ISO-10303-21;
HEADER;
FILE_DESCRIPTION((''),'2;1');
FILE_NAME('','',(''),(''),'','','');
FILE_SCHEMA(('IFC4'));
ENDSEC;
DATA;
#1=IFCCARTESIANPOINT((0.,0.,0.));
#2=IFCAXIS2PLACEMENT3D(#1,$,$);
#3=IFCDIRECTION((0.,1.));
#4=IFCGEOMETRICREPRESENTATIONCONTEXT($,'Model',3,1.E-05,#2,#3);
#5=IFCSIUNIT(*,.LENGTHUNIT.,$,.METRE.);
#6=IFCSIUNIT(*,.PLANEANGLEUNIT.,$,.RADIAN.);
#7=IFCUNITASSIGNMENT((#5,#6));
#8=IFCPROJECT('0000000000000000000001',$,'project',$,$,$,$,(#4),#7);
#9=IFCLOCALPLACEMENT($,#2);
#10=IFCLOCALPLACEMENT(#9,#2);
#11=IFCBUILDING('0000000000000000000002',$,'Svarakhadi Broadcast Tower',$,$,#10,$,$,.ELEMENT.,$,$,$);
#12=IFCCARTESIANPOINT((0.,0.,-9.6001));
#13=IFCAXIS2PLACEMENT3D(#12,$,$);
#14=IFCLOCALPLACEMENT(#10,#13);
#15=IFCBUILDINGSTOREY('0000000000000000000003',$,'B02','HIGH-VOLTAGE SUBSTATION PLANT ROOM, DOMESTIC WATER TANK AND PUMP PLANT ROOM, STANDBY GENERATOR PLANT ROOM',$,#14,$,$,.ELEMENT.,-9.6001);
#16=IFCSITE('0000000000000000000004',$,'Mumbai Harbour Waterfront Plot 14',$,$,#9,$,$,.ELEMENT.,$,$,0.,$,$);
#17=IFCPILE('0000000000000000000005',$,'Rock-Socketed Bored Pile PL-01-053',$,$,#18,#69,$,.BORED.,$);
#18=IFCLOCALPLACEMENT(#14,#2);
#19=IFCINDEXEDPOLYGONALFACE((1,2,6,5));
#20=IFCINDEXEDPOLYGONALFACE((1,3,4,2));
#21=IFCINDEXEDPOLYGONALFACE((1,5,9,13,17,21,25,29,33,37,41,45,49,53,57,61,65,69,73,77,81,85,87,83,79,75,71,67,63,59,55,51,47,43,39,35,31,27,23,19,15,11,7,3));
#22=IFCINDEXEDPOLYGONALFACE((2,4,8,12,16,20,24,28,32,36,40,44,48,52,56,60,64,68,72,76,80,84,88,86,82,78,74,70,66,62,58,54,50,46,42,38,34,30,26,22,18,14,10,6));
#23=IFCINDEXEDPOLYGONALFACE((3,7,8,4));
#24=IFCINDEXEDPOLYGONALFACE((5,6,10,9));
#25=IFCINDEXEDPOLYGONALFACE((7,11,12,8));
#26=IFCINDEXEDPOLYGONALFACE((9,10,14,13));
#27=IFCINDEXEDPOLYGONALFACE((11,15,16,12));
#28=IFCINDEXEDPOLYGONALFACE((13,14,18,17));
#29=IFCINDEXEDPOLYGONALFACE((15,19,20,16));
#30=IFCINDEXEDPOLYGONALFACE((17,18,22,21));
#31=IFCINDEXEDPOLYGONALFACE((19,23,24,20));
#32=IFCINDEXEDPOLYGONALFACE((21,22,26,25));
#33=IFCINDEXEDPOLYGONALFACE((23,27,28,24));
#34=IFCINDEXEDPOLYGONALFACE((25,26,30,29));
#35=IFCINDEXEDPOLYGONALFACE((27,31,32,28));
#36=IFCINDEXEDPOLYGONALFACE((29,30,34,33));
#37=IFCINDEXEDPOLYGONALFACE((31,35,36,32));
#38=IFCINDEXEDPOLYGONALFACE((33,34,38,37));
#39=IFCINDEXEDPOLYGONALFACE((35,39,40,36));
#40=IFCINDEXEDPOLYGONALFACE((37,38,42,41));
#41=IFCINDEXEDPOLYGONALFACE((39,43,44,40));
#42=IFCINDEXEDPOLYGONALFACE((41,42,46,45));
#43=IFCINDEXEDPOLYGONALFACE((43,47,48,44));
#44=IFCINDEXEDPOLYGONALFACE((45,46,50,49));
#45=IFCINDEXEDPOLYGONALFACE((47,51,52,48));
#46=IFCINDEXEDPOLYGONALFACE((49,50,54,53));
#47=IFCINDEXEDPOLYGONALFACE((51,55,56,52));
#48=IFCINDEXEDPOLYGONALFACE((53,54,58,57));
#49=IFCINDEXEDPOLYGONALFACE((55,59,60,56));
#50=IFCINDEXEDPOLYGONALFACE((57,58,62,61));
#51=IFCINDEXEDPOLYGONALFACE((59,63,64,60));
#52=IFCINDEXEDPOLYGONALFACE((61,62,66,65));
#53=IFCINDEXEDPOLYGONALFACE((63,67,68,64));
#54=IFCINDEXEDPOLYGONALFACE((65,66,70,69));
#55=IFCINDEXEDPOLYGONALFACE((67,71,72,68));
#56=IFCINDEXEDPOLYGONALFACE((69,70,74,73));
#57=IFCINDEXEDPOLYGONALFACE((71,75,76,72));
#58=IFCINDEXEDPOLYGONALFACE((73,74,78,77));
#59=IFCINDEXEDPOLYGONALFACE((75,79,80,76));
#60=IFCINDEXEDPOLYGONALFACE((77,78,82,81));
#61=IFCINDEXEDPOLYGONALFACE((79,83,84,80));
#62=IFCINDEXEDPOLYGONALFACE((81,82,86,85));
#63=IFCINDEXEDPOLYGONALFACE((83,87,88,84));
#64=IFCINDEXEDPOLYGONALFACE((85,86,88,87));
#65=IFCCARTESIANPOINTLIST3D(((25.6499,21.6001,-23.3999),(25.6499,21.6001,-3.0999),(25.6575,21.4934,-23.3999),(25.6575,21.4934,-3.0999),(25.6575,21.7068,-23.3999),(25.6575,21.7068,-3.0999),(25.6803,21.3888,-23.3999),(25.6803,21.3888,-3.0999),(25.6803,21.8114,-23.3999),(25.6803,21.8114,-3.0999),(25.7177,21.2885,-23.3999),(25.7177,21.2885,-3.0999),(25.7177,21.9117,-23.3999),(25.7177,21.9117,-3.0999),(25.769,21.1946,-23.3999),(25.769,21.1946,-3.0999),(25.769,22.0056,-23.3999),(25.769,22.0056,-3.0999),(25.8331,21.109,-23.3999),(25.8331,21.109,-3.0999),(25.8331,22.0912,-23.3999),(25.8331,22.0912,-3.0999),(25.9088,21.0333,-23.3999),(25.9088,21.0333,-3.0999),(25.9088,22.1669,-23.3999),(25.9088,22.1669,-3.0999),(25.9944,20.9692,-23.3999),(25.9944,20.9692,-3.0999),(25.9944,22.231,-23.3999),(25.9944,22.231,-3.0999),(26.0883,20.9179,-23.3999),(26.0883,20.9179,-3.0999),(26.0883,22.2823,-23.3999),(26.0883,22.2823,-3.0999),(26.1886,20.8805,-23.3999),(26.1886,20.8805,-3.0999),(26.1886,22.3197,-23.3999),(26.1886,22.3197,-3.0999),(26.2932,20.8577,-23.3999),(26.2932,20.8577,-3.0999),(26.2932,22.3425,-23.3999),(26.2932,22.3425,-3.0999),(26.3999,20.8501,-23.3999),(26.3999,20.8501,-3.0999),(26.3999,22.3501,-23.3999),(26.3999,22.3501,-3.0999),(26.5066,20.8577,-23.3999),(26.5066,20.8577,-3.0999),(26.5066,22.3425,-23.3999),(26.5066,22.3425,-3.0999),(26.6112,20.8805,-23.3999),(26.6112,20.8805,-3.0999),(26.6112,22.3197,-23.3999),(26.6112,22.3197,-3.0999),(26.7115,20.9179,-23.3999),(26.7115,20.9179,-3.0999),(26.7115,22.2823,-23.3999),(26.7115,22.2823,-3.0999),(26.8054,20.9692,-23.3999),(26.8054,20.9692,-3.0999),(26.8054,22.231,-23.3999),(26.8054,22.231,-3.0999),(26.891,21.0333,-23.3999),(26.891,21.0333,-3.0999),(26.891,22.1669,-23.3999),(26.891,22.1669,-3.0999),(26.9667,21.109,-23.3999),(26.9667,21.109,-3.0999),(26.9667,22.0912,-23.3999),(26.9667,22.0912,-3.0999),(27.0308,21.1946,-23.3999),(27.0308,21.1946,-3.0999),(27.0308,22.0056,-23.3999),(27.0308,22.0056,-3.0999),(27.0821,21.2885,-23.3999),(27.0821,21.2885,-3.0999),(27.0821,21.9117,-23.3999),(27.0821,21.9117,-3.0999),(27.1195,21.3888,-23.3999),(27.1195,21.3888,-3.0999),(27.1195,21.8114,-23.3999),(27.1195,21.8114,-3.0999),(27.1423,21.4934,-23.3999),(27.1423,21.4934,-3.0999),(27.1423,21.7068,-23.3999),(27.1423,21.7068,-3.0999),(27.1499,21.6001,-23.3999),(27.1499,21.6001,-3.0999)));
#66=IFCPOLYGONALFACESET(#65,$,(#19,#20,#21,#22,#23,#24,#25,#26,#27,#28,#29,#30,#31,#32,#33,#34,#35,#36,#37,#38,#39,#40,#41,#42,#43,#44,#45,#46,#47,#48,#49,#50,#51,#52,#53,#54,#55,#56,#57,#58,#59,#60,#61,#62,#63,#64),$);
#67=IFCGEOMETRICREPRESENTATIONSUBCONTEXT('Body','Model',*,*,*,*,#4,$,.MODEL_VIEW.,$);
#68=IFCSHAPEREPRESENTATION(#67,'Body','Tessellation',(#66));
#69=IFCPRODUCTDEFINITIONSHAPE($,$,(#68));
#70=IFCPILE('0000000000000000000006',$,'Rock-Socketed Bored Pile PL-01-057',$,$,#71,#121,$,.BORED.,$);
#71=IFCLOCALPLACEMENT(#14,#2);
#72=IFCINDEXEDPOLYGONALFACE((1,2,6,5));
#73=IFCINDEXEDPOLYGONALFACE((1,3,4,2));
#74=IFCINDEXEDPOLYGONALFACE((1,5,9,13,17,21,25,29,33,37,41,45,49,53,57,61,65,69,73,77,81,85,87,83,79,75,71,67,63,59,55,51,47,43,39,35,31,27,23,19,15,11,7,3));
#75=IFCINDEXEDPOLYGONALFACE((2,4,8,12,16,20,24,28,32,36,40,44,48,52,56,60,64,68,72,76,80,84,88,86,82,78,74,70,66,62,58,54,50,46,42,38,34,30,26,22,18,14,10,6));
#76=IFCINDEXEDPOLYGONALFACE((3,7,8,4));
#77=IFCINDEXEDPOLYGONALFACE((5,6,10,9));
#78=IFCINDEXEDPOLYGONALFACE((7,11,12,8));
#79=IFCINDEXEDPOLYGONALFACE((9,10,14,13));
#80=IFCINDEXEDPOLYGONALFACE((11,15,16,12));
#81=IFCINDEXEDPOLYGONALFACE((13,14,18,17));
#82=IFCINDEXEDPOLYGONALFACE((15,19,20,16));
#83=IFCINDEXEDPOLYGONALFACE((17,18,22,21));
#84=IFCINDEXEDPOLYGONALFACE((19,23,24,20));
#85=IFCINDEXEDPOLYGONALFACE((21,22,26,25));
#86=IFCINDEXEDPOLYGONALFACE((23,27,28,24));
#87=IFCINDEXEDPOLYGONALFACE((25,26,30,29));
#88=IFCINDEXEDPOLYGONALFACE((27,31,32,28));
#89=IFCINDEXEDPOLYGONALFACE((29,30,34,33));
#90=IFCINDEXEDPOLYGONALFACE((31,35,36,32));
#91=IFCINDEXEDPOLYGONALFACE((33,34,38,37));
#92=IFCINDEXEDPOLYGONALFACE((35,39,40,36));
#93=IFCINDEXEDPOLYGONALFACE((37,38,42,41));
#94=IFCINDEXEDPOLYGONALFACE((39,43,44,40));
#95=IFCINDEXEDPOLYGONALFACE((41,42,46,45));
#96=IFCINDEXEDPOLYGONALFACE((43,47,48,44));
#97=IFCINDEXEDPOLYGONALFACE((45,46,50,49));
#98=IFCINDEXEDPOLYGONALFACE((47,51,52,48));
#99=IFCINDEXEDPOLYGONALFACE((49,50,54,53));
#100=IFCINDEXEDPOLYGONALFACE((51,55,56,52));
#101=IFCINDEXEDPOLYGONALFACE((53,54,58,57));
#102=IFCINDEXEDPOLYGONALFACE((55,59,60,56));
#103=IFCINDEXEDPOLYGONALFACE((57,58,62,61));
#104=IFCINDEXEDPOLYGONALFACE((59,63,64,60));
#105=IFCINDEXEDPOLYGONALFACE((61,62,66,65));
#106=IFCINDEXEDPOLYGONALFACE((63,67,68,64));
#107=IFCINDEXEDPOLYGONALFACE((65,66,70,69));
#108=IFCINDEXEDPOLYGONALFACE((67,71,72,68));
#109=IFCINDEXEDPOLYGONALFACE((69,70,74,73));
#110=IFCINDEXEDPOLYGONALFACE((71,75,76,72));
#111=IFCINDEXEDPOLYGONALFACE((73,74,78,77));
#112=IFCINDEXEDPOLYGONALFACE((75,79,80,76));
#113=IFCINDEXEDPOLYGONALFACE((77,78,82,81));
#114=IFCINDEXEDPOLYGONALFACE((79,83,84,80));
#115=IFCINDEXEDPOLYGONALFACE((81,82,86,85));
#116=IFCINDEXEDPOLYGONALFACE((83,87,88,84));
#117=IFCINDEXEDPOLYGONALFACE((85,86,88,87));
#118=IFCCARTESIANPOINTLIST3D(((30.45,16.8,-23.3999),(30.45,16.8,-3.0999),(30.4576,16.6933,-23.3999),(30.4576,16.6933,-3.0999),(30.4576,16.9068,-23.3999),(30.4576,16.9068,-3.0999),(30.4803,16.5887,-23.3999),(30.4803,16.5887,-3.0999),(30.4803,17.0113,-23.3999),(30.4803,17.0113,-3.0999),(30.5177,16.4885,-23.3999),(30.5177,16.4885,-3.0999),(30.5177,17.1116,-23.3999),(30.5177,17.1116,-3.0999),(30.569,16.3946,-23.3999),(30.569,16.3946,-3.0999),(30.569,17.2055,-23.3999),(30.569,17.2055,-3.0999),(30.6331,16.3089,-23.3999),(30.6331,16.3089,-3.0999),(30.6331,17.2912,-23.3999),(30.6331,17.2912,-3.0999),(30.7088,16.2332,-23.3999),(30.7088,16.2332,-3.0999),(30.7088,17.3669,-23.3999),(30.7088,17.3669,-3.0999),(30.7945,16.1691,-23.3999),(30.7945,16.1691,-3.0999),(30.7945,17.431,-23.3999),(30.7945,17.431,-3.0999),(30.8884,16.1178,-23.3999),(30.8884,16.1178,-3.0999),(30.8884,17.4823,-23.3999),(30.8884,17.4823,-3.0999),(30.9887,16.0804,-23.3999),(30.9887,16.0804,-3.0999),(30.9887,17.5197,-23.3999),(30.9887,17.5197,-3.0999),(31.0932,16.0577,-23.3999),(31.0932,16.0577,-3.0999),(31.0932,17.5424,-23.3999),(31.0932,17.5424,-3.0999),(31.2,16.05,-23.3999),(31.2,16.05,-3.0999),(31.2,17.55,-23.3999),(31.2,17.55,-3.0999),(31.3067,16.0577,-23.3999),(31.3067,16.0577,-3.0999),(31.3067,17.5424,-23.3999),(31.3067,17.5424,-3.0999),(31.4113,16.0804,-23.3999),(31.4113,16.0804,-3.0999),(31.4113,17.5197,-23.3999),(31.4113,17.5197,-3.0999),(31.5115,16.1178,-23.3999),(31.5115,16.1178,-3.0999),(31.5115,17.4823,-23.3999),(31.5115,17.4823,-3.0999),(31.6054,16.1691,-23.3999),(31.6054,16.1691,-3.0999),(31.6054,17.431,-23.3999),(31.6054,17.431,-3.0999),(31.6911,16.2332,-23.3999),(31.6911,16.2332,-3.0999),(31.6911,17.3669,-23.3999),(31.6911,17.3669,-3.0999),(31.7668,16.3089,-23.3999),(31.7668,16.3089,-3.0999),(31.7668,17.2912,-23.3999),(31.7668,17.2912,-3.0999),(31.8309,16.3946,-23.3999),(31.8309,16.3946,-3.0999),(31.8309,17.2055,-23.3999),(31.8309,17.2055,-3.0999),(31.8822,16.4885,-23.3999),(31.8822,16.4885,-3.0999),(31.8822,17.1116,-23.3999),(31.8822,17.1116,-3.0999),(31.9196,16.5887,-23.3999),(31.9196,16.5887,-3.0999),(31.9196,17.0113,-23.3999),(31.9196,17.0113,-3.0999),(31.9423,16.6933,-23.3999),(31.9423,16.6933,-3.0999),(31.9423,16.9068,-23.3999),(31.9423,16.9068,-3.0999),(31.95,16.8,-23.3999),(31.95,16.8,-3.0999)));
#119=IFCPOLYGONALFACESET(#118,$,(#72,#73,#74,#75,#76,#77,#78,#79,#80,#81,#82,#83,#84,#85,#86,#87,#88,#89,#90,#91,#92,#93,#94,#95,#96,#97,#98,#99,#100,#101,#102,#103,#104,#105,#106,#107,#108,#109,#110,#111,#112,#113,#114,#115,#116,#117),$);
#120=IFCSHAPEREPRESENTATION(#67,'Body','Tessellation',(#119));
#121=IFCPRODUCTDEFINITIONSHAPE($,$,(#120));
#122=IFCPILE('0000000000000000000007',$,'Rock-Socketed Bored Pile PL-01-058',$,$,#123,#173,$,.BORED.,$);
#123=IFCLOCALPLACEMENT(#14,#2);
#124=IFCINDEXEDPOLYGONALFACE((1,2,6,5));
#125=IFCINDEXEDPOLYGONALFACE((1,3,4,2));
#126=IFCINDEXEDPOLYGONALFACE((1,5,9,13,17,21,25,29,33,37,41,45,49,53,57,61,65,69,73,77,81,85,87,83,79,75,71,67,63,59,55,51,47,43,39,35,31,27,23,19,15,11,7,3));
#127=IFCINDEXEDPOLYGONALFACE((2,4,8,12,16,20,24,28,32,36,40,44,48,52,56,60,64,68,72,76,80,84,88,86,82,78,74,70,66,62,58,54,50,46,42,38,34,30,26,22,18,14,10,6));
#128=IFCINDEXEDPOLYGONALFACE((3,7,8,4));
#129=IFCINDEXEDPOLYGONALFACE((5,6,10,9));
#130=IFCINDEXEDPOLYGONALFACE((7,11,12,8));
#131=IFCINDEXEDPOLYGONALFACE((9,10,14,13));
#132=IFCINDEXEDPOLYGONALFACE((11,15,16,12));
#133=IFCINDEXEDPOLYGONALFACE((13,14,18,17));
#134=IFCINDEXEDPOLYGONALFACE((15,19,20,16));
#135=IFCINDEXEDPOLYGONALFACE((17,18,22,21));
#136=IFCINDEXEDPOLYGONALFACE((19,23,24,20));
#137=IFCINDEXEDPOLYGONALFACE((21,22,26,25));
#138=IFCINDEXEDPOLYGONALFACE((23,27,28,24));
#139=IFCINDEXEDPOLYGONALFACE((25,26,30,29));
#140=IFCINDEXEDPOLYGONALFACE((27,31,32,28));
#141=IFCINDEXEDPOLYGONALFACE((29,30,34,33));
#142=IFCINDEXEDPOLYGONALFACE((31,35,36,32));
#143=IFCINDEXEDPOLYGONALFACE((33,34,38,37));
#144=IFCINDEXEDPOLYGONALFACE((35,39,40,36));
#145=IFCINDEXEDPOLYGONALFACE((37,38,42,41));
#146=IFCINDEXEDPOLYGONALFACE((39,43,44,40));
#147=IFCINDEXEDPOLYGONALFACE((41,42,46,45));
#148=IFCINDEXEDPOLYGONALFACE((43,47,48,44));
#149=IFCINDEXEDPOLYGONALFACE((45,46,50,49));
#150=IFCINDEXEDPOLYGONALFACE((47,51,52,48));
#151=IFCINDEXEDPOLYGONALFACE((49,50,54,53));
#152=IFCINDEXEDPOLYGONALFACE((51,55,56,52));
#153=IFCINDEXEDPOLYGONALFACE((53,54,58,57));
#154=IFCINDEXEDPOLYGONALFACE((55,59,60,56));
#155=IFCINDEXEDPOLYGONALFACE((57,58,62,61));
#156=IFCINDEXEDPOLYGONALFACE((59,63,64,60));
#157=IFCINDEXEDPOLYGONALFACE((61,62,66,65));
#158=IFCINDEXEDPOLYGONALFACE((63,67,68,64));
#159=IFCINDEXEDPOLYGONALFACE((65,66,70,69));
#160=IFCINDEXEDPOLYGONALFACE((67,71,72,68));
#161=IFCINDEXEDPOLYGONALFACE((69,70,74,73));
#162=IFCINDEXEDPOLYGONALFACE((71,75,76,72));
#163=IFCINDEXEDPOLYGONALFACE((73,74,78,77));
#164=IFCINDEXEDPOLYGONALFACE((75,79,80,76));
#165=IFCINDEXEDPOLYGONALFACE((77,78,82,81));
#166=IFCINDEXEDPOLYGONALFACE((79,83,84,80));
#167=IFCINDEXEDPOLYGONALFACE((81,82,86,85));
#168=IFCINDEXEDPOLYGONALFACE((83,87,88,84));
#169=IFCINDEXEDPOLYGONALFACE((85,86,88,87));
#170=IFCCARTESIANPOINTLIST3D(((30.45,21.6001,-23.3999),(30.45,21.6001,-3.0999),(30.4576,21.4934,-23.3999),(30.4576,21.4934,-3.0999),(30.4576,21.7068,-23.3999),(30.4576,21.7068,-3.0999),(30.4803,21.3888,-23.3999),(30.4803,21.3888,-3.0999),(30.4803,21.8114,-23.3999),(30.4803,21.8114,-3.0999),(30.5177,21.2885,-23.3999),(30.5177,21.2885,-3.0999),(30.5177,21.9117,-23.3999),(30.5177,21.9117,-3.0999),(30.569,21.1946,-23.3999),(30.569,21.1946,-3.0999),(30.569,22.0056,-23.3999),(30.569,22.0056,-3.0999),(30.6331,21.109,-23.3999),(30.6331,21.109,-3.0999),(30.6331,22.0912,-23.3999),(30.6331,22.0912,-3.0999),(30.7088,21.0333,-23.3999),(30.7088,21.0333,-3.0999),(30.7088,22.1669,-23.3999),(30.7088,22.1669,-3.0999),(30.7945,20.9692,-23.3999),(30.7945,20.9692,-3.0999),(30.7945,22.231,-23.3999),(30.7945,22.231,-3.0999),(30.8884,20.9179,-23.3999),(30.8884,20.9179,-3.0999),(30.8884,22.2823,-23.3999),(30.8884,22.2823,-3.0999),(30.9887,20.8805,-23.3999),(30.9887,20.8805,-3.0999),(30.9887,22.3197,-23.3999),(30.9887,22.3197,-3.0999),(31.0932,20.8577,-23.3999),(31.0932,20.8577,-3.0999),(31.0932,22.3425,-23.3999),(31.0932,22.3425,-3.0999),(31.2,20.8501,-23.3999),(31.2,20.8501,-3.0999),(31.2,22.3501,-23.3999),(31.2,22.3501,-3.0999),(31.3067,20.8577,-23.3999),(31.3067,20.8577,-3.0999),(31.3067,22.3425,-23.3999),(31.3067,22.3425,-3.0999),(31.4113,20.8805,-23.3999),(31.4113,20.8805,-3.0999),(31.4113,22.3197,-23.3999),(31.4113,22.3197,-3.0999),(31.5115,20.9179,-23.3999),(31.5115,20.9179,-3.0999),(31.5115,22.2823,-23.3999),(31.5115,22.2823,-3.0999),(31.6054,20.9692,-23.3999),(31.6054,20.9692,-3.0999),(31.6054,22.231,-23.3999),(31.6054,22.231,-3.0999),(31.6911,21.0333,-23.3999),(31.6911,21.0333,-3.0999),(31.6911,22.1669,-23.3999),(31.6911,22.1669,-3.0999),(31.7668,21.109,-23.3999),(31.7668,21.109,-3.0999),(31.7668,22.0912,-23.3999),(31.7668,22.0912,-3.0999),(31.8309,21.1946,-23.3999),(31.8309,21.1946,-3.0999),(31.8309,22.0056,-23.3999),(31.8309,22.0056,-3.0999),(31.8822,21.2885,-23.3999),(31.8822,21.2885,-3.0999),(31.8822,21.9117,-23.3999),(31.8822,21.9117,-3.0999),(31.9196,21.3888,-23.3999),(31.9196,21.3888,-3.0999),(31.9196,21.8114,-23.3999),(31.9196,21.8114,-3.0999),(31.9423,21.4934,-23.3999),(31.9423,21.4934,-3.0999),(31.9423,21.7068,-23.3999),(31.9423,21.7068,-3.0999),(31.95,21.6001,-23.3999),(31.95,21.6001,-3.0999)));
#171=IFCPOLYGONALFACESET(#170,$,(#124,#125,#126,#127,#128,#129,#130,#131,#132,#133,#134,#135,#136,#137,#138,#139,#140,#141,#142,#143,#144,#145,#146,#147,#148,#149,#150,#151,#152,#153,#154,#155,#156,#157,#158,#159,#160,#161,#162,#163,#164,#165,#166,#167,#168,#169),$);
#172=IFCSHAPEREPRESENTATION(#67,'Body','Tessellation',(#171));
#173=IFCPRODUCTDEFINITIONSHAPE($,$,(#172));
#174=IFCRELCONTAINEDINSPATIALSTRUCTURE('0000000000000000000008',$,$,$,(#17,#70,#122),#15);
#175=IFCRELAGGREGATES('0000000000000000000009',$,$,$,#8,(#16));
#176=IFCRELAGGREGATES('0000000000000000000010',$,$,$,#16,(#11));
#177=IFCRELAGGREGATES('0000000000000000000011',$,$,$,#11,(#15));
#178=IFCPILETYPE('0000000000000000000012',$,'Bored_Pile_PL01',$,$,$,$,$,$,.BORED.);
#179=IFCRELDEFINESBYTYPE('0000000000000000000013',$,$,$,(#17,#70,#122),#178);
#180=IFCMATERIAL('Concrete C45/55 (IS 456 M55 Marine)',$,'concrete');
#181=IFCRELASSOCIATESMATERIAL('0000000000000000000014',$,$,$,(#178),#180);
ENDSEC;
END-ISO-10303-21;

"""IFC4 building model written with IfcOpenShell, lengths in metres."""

from ifc_helpers import new_model, si_unit, direction, frame, origin, origin_2d, place, context, subcontext, project, spatial, circle, extrude, material, material_profile, profile_set, type_object, element, save


model = new_model("IFC4")

# Units and contexts
model_context = context("Model", 3, precision=1e-05, world=origin(), true_north=direction((0.0, 1.0)))
body_context = subcontext(model_context, "Body", "Model", "MODEL_VIEW")
ifc_project = project(units=[si_unit("LENGTHUNIT", "METRE"), si_unit("PLANEANGLEUNIT", "RADIAN")], contexts=[model_context])

# Site, building, storey
site_placement = place(None, origin())
site = spatial("IfcSite", under=ifc_project, at=site_placement, Name="Mumbai Harbour Waterfront Plot 14", CompositionType="ELEMENT", RefElevation=0.0)
building_placement = place(site_placement, origin())
building = spatial("IfcBuilding", under=site, at=building_placement, Name="Svarakhadi Broadcast Tower", CompositionType="ELEMENT")
storey_placement = place(building_placement, frame((0.0, 0.0, -9.6001)))
storey = spatial("IfcBuildingStorey", under=building, at=storey_placement, Name="B02", Description="HIGH-VOLTAGE SUBSTATION PLANT ROOM, DOMESTIC WATER TANK AND PUMP PLANT ROOM, STANDBY GENERATOR PLANT ROOM", CompositionType="ELEMENT", Elevation=-9.6001)

# Piles
ifc_material_1 = material(Name="Concrete C45/55 (IS 456 M55 Marine)", Category="concrete")
ifc_material_profile_1 = material_profile(ifc_material_1, circle(Radius=0.75, at=origin_2d()), Name="PILE D1500")
ifc_profile_set_1 = profile_set([ifc_material_profile_1], Name="Concrete C45/55 (IS 456 M55 Marine)")
pile_type = type_object("IfcPileType", Name="Bored_Pile_PL01", PredefinedType="BORED", material=ifc_profile_set_1)
for number, where, z_axis, x_axis, name in (
    (1, (26.3999, 21.6001, -3.0999), (0.0, 0.0, -1.0), (1.0, 0.0, 0.0), "Rock-Socketed Bored Pile PL-01-053"),
    (2, (31.2, 16.8, -3.0999), (0.0, 0.0, -1.0), (1.0, 0.0, 0.0), "Rock-Socketed Bored Pile PL-01-057"),
    (3, (31.2, 21.6001, -3.0999), (0.0, 0.0, -1.0), (1.0, 0.0, 0.0), "Rock-Socketed Bored Pile PL-01-058"),
):
    element("IfcPile", number, at=place(storey_placement, frame(where, z_axis=z_axis, x_axis=x_axis)), inside=storey, type_object=pile_type, Name=name, PredefinedType="BORED", context=body_context, shape_type="SweptSolid", body=[
        extrude(circle(Radius=0.75, at=origin_2d()), origin(), (0.0, 0.0, 1.0), 20.3),
    ])

save(model, "model.ifc")
